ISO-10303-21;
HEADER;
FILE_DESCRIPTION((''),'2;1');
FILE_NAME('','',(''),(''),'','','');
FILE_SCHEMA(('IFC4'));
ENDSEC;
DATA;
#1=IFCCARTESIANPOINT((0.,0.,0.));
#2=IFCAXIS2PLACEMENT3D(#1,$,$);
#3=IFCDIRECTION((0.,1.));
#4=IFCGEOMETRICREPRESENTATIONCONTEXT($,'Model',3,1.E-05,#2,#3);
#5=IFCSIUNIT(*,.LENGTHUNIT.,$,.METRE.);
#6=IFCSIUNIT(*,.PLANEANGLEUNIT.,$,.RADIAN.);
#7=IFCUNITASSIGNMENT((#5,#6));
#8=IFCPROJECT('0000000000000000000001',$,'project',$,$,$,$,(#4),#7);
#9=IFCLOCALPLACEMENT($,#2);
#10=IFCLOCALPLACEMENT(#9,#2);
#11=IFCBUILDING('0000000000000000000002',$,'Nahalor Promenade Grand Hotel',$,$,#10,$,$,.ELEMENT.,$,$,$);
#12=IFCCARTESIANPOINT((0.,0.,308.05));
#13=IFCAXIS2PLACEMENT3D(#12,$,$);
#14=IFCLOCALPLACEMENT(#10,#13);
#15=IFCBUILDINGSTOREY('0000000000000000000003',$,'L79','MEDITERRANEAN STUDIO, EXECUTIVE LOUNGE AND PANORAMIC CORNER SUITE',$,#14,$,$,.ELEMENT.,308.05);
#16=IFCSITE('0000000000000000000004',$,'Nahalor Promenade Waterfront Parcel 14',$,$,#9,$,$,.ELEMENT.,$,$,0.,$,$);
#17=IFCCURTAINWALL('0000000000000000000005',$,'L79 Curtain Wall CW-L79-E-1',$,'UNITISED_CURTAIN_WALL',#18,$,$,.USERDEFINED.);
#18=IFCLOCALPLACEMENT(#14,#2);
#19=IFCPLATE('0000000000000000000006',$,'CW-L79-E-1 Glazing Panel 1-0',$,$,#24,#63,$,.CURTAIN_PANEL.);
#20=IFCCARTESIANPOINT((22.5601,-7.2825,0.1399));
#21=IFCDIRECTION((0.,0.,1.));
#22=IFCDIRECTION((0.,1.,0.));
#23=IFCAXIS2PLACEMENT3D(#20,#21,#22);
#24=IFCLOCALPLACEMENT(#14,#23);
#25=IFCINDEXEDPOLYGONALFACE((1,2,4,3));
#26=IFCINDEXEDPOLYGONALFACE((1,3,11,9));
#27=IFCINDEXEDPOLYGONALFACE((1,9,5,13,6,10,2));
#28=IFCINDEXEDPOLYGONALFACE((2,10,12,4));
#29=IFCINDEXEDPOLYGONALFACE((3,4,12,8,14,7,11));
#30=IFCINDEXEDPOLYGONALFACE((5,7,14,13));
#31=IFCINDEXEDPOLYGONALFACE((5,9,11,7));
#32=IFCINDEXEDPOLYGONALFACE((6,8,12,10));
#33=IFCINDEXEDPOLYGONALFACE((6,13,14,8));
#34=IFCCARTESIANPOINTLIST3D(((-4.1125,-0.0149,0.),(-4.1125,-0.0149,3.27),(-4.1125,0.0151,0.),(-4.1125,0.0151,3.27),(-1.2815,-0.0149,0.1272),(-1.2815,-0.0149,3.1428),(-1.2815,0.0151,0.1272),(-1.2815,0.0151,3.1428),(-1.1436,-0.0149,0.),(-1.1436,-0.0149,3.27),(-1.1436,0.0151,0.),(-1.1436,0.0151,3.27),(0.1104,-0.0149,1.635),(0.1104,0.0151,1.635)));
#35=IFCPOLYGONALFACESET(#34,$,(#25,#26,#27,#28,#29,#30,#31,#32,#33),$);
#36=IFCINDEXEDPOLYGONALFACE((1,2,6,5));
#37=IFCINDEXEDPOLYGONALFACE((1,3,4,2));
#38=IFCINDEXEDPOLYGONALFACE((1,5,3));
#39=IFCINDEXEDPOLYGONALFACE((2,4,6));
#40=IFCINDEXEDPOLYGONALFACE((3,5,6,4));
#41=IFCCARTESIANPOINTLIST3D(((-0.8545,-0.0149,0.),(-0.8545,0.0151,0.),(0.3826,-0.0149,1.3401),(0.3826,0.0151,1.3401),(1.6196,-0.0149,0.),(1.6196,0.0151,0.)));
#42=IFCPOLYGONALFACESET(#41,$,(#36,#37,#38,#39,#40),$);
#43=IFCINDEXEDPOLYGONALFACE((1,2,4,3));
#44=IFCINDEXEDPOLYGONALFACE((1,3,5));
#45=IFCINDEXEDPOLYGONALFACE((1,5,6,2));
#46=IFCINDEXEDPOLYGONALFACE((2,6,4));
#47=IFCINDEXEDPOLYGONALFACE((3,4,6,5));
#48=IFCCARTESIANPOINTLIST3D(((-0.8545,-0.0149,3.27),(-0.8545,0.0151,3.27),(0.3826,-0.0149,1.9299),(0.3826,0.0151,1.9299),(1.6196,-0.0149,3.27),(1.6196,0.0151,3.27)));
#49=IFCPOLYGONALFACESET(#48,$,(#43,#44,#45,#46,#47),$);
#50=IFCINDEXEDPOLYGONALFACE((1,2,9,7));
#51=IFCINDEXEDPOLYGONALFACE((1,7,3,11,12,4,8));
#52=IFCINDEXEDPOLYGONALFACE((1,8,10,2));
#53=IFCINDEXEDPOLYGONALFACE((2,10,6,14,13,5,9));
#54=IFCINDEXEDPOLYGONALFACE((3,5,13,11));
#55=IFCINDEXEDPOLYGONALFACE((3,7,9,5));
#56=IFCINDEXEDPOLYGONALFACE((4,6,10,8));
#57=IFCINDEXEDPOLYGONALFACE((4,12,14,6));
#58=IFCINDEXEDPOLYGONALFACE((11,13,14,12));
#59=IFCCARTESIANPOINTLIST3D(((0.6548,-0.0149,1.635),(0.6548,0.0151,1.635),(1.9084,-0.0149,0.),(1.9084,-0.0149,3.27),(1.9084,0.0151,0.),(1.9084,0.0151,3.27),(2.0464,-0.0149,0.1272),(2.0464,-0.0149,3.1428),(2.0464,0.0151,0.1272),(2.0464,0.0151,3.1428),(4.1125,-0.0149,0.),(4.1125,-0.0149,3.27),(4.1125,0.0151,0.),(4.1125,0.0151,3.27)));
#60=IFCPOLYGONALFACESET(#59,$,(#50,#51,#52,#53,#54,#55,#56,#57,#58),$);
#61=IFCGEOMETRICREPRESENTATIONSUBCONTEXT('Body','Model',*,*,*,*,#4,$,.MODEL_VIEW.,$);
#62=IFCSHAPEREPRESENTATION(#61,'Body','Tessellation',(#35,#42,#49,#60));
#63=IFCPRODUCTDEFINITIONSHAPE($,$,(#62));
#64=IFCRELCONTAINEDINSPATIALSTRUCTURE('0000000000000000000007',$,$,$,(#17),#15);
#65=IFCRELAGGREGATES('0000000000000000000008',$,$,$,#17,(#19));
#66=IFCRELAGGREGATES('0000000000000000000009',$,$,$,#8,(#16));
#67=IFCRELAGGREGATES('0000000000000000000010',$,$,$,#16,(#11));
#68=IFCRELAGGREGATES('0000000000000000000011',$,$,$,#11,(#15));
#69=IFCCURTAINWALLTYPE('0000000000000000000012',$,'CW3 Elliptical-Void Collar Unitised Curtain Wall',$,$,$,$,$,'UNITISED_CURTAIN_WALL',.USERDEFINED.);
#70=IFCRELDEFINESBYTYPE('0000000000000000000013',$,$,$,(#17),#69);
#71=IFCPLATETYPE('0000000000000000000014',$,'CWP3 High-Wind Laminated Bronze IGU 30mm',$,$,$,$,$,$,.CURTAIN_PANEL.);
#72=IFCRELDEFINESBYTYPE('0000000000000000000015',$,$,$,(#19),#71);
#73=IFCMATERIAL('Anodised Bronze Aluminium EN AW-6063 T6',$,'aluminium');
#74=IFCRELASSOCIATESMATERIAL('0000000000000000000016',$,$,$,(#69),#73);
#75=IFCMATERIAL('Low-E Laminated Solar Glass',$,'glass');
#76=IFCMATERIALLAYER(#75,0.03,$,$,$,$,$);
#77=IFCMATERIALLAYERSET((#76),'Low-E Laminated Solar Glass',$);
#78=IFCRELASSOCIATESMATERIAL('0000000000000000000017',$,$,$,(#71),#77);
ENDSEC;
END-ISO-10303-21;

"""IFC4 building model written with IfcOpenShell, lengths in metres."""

from ifc_helpers import new_model, si_unit, direction, frame, origin, place, context, subcontext, project, spatial, polyline, outline, extrude, material, layer, layer_set, type_object, element, aggregate, save


model = new_model("IFC4")

# Units and contexts
model_context = context("Model", 3, precision=1e-05, world=origin(), true_north=direction((0.0, 1.0)))
body_context = subcontext(model_context, "Body", "Model", "MODEL_VIEW")
ifc_project = project(units=[si_unit("LENGTHUNIT", "METRE"), si_unit("PLANEANGLEUNIT", "RADIAN")], contexts=[model_context])

# Site, building, storey
site_placement = place(None, origin())
site = spatial("IfcSite", under=ifc_project, at=site_placement, Name="Nahalor Promenade Waterfront Parcel 14", CompositionType="ELEMENT", RefElevation=0.0)
building_placement = place(site_placement, origin())
building = spatial("IfcBuilding", under=site, at=building_placement, Name="Nahalor Promenade Grand Hotel", CompositionType="ELEMENT")
storey_placement = place(building_placement, frame((0.0, 0.0, 308.05)))
storey = spatial("IfcBuildingStorey", under=building, at=storey_placement, Name="L79", Description="MEDITERRANEAN STUDIO, EXECUTIVE LOUNGE AND PANORAMIC CORNER SUITE", CompositionType="ELEMENT", Elevation=308.05)

# Curtain wall
ifc_material_1 = material(Name="Anodised Bronze Aluminium EN AW-6063 T6", Category="aluminium")
curtain_wall_type = type_object("IfcCurtainWallType", Name="CW3 Elliptical-Void Collar Unitised Curtain Wall", ElementType="UNITISED_CURTAIN_WALL", PredefinedType="USERDEFINED", material=ifc_material_1)
curtain_wall_1_placement = place(storey_placement, origin())
curtain_wall_1 = element("IfcCurtainWall", 1, at=curtain_wall_1_placement, inside=storey, type_object=curtain_wall_type, Name="L79 Curtain Wall CW-L79-E-1", ObjectType="UNITISED_CURTAIN_WALL", PredefinedType="USERDEFINED")

# Plate
ifc_material_2 = material(Name="Low-E Laminated Solar Glass", Category="glass")
ifc_layer_1 = layer(ifc_material_2, 0.03)
ifc_layer_set_1 = layer_set([ifc_layer_1], Name="Low-E Laminated Solar Glass")
plate_type_1 = type_object("IfcPlateType", Name="CWP3 High-Wind Laminated Bronze IGU 30mm", PredefinedType="CURTAIN_PANEL", material=ifc_layer_set_1)
plate_1_placement = place(storey_placement, frame((22.5601, -7.2825, 0.1399), z_axis=(0.0, 0.0, 1.0), x_axis=(0.0, 1.0, 0.0)))
plate_1 = element("IfcPlate", 2, at=plate_1_placement, type_object=plate_type_1, Name="CW-L79-E-1 Glazing Panel 1-0", PredefinedType="CURTAIN_PANEL", context=body_context, shape_type="SweptSolid", body=[
    extrude(outline(polyline([(-4.1125, 3.27), (-4.1125, 0.0), (-1.1436, 0.0), (-1.2815, 0.1272), (0.1104, 1.635), (-1.2815, 3.1428), (-1.1436, 3.27), (-4.1125, 3.27)])), frame((0.0, 0.0151, 0.0), z_axis=(0.0, -1.0, 0.0), x_axis=(1.0, 0.0, 0.0)), (0.0, 0.0, 1.0), 0.03),
    extrude(outline(polyline([(0.3826, 1.3401), (-0.8545, 0.0), (1.6196, 0.0), (0.3826, 1.3401)])), frame((0.0, 0.0151, 0.0), z_axis=(0.0, -1.0, 0.0), x_axis=(1.0, 0.0, 0.0)), (0.0, 0.0, 1.0), 0.03),
    extrude(outline(polyline([(0.3826, 1.9299), (1.6196, 3.27), (-0.8545, 3.27), (0.3826, 1.9299)])), frame((0.0, 0.0151, 0.0), z_axis=(0.0, -1.0, 0.0), x_axis=(1.0, 0.0, 0.0)), (0.0, 0.0, 1.0), 0.03),
    extrude(outline(polyline([(4.1125, 0.0), (4.1125, 3.27), (1.9084, 3.27), (2.0464, 3.1428), (0.6548, 1.635), (2.0464, 0.1272), (1.9084, 0.0), (4.1125, 0.0)])), frame((0.0, 0.0151, 0.0), z_axis=(0.0, -1.0, 0.0), x_axis=(1.0, 0.0, 0.0)), (0.0, 0.0, 1.0), 0.03),
])
aggregate(curtain_wall_1, [plate_1])

save(model, "model.ifc")
